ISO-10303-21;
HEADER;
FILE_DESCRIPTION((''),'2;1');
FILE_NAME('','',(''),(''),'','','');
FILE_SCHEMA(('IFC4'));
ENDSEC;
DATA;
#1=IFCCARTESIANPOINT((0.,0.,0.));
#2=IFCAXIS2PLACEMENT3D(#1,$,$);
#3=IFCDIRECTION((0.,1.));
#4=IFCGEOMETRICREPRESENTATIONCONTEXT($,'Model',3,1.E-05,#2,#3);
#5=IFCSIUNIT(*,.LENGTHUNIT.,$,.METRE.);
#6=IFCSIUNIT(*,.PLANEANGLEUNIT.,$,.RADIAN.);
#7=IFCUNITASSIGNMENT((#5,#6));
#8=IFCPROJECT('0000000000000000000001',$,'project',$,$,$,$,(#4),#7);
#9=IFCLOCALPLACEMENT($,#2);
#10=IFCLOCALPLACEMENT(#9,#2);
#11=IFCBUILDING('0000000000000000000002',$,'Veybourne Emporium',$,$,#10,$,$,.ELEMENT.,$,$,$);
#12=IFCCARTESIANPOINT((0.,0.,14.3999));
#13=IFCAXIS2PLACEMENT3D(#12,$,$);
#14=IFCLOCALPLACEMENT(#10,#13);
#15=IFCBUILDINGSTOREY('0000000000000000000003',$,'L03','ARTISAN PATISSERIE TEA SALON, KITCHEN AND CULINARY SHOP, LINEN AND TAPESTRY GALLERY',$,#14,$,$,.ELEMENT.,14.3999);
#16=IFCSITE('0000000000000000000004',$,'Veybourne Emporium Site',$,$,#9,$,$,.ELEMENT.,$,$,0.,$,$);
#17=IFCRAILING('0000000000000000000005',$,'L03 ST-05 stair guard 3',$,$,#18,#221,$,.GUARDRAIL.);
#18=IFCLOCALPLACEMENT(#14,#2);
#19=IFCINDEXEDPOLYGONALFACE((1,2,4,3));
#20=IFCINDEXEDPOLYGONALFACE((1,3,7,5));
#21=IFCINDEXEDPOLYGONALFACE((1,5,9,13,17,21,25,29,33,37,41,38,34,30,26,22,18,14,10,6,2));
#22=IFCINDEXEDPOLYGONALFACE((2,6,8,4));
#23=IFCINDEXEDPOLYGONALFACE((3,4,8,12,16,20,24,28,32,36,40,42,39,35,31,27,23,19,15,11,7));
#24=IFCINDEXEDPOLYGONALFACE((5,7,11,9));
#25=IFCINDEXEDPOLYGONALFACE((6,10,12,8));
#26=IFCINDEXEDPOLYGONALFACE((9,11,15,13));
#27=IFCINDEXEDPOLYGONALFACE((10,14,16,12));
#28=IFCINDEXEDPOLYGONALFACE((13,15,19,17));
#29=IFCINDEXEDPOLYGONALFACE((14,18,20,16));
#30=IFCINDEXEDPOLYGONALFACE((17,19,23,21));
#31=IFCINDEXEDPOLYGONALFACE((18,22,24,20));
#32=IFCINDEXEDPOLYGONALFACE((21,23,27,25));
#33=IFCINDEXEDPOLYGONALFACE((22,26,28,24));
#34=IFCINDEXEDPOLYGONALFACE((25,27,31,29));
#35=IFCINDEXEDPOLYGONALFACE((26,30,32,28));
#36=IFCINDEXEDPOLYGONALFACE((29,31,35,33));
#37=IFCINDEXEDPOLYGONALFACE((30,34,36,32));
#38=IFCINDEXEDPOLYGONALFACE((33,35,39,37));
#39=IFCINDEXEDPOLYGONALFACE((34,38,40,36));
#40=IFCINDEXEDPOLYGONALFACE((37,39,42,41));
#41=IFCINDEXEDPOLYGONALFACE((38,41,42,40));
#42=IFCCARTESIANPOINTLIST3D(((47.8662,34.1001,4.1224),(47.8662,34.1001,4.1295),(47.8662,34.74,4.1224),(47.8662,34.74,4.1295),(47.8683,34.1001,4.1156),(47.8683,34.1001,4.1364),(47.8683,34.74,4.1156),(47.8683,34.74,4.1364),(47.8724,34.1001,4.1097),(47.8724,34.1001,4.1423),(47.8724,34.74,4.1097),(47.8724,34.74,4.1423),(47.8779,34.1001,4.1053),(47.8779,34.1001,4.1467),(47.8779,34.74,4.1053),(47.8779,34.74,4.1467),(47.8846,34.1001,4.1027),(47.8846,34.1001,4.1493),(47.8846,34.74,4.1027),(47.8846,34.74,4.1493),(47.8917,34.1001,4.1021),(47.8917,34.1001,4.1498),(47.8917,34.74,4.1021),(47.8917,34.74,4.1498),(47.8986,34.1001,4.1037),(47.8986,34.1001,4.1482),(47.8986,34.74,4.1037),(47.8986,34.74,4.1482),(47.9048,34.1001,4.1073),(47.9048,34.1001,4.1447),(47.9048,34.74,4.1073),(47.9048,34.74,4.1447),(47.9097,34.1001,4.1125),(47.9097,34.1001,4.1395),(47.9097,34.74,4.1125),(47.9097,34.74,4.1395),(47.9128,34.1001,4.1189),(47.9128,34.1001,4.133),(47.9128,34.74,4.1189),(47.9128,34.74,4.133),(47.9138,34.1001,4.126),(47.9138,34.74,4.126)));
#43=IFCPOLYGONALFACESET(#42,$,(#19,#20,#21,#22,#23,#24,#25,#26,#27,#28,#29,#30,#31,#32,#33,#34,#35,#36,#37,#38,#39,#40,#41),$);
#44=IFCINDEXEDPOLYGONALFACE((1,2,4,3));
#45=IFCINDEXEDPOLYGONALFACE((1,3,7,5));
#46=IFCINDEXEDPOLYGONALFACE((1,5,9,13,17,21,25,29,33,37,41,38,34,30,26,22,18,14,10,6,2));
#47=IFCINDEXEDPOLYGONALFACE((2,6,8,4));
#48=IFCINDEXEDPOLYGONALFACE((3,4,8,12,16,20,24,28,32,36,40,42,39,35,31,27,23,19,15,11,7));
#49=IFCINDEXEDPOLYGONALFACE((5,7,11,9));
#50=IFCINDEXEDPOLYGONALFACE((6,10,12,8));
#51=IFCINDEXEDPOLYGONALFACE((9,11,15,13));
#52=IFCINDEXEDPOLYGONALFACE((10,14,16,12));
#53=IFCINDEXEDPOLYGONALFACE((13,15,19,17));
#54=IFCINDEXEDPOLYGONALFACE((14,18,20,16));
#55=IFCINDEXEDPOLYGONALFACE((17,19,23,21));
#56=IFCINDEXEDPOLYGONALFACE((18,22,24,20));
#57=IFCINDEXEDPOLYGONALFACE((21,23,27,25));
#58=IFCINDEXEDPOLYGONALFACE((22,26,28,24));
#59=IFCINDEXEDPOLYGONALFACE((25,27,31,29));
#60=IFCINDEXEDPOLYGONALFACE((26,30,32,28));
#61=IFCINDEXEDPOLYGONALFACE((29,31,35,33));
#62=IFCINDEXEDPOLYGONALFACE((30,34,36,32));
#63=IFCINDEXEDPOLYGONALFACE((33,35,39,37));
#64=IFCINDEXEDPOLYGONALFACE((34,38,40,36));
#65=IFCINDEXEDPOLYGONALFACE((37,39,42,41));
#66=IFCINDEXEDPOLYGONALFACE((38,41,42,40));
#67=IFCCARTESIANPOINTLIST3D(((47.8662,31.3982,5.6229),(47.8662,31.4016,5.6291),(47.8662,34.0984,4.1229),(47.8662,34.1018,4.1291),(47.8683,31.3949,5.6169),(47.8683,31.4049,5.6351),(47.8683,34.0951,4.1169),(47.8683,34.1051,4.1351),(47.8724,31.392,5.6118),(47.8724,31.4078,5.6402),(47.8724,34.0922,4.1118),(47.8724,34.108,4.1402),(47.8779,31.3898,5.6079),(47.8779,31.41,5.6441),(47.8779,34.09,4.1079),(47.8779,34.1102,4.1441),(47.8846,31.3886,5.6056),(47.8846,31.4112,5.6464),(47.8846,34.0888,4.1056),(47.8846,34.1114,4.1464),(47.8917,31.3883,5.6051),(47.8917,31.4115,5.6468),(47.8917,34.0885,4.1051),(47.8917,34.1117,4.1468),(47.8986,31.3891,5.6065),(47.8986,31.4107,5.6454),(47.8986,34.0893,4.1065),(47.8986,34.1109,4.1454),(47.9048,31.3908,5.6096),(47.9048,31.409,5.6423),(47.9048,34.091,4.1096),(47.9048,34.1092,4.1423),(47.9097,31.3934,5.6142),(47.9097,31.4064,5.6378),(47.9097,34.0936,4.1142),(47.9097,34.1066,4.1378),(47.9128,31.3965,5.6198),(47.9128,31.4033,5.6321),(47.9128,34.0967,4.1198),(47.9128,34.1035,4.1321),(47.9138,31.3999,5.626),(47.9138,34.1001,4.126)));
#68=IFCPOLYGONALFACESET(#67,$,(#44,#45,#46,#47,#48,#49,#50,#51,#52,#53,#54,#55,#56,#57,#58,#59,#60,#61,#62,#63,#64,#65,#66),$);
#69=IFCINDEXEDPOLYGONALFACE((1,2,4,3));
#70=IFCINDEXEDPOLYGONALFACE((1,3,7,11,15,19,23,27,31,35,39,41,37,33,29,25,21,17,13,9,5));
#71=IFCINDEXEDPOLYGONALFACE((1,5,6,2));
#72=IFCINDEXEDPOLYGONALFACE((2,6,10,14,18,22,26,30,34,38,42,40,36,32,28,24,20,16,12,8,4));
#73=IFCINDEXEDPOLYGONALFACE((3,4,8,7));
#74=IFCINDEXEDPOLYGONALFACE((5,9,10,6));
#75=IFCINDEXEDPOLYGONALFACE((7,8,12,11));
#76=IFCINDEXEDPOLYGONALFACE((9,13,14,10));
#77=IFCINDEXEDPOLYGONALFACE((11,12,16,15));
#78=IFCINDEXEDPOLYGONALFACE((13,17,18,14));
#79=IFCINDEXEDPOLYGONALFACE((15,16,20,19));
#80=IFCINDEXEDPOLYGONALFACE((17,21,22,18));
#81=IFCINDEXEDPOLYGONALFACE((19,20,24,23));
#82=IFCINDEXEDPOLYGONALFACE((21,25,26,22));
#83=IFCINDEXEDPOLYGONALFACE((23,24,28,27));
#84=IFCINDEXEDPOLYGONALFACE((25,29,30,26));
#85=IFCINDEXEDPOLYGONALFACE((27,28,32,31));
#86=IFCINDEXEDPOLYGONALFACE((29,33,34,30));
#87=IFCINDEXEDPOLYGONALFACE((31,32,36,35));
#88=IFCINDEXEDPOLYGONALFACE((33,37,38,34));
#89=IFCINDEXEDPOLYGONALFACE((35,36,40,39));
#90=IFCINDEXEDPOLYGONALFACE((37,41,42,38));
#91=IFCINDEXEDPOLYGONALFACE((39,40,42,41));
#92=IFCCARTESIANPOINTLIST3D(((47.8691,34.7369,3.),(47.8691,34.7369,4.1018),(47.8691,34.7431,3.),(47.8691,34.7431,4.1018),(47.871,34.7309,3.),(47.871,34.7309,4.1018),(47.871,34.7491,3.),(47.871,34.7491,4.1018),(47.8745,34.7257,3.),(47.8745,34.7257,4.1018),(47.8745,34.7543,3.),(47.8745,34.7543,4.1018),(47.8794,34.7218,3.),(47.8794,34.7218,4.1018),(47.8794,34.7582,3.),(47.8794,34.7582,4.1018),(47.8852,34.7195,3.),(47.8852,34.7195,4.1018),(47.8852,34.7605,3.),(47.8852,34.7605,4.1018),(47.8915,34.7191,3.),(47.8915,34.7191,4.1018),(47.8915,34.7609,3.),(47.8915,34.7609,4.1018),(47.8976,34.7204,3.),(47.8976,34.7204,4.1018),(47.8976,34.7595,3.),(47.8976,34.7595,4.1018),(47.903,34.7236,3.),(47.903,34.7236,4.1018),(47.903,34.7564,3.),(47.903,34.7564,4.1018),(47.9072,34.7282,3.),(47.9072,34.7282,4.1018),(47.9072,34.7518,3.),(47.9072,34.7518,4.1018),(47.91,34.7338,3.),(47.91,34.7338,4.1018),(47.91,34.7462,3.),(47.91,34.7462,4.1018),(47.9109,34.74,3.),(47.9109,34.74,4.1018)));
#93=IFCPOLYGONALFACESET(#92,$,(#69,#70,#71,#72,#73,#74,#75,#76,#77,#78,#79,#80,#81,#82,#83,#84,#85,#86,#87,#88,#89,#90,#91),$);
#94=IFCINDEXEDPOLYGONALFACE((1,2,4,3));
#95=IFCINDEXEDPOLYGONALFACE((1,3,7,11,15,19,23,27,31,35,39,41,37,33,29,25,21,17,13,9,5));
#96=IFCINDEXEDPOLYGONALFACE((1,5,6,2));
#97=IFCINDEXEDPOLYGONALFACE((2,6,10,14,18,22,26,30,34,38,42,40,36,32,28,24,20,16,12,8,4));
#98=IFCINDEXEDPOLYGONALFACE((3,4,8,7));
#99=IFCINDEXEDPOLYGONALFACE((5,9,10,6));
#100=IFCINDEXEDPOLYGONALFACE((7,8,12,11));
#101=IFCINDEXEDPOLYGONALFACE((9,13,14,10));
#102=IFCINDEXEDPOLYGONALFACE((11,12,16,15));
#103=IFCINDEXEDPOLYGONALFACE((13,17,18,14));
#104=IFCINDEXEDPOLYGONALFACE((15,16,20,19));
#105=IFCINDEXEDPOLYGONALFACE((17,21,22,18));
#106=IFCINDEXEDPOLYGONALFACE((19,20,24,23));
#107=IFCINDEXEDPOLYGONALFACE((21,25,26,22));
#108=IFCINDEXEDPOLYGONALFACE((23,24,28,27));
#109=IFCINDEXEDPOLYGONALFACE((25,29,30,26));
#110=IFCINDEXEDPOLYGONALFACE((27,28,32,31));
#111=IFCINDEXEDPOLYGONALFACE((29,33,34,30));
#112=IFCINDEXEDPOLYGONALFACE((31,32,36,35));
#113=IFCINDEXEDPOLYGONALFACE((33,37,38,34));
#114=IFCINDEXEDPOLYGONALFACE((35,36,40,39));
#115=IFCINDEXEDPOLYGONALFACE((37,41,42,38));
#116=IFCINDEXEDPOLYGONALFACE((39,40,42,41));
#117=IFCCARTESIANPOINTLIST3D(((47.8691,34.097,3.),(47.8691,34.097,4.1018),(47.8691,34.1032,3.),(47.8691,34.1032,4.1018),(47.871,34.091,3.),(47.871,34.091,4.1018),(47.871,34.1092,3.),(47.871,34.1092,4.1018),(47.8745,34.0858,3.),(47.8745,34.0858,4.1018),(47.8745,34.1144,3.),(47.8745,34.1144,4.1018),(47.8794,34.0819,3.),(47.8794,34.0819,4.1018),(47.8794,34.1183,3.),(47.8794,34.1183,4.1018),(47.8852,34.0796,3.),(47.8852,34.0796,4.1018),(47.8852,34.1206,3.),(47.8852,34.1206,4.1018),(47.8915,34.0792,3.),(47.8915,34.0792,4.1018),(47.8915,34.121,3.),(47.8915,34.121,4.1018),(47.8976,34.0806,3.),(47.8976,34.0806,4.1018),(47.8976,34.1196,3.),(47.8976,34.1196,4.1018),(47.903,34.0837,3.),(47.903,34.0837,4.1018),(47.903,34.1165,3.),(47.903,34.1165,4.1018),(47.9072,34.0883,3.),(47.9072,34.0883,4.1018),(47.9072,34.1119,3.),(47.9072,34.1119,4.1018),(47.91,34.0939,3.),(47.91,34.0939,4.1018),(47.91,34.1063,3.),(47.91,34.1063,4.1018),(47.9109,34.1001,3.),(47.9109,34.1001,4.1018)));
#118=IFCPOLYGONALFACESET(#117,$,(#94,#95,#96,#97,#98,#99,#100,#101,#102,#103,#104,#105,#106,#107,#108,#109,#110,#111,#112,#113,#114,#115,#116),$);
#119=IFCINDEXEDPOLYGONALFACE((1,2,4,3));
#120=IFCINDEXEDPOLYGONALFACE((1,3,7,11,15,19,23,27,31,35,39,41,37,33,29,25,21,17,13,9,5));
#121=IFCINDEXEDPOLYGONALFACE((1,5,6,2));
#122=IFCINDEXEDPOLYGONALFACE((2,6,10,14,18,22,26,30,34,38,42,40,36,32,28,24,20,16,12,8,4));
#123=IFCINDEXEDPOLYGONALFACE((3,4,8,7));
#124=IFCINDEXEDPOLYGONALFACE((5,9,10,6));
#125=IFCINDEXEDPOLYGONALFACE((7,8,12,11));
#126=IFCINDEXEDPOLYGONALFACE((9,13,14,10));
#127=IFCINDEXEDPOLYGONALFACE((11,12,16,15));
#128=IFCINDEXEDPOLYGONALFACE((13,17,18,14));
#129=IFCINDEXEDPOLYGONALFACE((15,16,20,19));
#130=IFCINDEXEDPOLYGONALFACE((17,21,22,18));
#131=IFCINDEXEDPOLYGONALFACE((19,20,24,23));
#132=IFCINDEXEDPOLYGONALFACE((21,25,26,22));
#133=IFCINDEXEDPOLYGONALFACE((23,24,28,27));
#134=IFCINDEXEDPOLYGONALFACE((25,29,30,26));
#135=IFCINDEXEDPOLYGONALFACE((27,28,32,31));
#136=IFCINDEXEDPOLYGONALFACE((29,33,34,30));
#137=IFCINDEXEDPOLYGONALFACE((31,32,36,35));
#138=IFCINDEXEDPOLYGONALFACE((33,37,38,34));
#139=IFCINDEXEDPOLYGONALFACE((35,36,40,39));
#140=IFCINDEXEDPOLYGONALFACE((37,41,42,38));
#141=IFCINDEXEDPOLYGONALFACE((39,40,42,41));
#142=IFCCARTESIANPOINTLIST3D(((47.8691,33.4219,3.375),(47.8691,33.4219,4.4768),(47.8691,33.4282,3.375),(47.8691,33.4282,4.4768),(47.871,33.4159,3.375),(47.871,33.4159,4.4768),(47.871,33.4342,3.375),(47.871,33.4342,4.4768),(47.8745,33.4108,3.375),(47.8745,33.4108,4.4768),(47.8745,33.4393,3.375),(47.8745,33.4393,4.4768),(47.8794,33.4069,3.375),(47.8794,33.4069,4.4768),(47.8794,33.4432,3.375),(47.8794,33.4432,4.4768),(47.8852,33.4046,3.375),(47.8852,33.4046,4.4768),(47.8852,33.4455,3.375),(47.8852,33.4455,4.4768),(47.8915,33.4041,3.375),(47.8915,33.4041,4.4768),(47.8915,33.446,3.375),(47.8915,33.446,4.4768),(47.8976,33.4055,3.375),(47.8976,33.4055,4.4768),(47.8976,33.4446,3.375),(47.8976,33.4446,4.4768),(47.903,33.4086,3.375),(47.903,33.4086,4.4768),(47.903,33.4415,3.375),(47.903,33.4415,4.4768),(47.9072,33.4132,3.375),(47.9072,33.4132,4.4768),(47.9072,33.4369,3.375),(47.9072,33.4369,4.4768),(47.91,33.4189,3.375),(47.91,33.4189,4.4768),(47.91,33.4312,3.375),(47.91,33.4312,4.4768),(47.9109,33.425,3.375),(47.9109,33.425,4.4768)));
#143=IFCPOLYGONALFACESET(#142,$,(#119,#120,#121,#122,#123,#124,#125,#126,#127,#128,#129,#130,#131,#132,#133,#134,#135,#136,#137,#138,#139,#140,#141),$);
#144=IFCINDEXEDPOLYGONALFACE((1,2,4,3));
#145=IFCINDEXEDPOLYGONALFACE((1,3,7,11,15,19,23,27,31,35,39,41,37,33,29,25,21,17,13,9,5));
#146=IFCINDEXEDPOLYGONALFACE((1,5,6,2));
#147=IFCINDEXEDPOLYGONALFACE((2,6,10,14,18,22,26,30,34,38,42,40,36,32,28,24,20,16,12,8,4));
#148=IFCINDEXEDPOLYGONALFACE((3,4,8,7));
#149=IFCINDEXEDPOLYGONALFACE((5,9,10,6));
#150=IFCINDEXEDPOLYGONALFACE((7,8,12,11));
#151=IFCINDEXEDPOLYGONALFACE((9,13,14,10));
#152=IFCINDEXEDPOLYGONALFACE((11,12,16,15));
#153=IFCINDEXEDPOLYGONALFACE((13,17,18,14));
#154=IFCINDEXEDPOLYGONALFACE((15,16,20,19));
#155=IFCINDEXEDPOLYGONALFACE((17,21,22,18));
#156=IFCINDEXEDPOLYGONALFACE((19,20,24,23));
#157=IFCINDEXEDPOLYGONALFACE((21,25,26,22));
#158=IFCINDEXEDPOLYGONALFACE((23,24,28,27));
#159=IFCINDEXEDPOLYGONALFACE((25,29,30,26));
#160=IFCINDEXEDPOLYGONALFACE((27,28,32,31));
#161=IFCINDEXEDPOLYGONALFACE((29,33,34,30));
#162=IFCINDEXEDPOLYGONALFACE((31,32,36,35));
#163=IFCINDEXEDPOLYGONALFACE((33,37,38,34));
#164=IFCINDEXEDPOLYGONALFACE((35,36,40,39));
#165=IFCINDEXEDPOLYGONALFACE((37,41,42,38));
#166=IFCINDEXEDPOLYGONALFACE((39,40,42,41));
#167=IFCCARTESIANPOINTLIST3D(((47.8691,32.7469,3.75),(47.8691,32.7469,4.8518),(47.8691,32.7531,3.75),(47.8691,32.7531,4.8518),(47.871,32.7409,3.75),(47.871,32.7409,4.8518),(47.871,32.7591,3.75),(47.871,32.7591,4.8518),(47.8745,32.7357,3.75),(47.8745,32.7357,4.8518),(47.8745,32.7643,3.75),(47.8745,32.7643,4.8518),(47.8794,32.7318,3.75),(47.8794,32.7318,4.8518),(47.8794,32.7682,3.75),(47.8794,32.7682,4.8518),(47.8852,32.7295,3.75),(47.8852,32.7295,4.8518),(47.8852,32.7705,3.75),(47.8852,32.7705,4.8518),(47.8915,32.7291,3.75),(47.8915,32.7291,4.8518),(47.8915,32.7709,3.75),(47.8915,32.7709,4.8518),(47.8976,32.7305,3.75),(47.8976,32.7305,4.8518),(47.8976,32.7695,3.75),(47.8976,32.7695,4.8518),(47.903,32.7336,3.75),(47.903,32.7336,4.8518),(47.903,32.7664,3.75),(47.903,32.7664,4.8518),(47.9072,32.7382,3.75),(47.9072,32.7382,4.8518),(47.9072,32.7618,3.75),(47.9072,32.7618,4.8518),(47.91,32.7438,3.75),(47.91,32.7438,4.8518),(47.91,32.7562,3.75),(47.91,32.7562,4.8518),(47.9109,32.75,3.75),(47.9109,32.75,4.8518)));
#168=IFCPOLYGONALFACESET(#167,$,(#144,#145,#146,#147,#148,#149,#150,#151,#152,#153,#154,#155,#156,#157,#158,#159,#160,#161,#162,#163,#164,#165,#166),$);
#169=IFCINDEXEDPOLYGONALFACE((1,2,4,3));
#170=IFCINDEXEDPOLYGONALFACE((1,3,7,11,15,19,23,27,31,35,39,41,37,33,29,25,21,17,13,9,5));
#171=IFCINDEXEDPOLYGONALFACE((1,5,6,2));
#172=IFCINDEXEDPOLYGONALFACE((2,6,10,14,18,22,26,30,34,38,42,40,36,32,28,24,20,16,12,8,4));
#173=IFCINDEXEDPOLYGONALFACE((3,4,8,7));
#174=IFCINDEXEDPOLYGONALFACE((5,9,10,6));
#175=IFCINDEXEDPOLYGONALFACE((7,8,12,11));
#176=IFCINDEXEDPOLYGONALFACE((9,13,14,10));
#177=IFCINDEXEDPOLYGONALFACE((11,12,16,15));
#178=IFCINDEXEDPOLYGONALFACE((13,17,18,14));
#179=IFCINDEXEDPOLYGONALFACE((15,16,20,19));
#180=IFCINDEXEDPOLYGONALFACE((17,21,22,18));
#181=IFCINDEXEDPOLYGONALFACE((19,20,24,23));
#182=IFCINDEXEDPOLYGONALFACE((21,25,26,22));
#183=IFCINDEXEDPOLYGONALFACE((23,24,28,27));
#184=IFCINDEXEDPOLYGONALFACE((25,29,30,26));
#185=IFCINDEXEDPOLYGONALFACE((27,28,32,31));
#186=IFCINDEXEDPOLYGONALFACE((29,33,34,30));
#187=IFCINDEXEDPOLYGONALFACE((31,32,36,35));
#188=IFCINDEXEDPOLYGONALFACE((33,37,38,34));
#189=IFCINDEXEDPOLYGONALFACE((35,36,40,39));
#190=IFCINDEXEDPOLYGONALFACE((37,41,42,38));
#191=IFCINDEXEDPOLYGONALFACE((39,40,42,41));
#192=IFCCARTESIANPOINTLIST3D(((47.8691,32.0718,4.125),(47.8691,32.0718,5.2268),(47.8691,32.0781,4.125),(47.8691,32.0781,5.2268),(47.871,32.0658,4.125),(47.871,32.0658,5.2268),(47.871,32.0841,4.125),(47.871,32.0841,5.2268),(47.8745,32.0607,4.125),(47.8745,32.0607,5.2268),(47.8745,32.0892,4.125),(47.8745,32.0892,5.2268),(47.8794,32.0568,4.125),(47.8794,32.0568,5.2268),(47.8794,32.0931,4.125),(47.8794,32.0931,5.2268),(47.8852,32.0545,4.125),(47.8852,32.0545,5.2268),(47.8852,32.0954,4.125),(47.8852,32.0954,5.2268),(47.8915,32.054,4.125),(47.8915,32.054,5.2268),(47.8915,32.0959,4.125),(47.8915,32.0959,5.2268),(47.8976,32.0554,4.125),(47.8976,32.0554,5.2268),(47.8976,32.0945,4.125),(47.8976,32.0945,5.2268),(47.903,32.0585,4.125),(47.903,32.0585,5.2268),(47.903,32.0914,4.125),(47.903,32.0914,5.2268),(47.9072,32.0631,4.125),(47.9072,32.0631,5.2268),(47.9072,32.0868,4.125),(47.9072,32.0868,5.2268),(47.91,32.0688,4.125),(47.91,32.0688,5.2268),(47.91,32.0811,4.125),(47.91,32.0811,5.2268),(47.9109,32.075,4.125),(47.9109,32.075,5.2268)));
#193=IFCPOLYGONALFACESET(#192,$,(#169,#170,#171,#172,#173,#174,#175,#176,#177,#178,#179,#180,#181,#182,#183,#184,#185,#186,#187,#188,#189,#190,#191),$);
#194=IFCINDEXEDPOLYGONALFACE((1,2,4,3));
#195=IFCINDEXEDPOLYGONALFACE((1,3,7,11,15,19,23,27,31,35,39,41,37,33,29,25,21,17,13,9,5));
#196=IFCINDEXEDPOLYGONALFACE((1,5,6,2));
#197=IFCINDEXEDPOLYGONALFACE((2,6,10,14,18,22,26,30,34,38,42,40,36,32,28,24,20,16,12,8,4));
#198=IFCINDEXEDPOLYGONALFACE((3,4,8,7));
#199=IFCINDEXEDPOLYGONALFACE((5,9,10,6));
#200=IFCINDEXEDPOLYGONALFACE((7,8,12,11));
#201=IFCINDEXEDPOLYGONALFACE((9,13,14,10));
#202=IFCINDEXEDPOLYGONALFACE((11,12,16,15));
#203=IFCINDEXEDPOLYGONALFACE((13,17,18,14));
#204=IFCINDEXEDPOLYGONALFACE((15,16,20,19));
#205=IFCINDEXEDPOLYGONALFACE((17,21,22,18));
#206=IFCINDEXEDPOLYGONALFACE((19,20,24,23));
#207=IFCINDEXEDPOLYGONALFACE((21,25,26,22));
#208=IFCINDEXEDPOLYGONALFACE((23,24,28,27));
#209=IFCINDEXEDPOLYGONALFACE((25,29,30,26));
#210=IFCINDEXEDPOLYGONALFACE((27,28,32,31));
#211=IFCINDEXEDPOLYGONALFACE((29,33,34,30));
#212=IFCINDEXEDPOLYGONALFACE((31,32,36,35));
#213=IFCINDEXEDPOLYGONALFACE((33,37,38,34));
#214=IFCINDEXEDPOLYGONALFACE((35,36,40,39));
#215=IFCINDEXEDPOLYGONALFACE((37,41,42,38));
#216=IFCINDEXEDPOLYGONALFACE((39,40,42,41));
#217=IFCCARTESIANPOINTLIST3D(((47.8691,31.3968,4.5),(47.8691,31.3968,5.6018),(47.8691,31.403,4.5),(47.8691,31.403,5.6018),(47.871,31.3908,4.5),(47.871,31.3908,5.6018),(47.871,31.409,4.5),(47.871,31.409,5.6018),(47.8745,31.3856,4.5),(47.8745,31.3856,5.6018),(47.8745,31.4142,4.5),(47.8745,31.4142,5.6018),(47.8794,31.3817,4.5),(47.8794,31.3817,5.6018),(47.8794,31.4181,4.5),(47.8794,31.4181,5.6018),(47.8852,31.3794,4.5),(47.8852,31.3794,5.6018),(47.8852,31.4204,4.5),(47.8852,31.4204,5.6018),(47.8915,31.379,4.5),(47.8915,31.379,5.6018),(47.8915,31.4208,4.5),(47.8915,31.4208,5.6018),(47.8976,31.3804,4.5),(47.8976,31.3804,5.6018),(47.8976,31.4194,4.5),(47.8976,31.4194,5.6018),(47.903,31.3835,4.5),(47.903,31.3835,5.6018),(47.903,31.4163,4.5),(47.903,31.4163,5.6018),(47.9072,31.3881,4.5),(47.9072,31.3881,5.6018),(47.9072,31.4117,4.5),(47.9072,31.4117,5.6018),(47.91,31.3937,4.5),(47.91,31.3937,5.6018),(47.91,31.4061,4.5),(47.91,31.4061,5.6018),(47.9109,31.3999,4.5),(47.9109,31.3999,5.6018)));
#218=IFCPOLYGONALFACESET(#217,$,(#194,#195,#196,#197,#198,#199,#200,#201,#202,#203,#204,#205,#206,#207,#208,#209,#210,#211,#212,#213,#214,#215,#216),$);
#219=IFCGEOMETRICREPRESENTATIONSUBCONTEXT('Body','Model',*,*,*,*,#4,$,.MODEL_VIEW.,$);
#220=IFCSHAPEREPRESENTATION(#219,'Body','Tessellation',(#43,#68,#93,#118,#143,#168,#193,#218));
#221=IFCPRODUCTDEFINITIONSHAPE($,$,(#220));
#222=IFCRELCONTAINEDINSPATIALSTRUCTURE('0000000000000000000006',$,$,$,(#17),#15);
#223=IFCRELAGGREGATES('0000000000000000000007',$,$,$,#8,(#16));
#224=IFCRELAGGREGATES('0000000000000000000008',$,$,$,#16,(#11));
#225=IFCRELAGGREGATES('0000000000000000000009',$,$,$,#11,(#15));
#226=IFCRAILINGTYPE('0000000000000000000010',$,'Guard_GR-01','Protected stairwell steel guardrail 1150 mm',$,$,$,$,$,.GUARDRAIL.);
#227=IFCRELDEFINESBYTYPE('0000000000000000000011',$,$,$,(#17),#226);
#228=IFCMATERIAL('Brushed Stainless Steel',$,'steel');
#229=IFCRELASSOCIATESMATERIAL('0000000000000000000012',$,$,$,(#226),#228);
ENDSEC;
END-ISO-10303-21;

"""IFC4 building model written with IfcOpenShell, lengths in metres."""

from ifc_helpers import new_model, si_unit, direction, frame, origin, origin_2d, place, context, subcontext, project, spatial, circle, extrude, material, type_object, element, save


model = new_model("IFC4")

# Units and contexts
model_context = context("Model", 3, precision=1e-05, world=origin(), true_north=direction((0.0, 1.0)))
body_context = subcontext(model_context, "Body", "Model", "MODEL_VIEW")
ifc_project = project(units=[si_unit("LENGTHUNIT", "METRE"), si_unit("PLANEANGLEUNIT", "RADIAN")], contexts=[model_context])

# Site, building, storey
site_placement = place(None, origin())
site = spatial("IfcSite", under=ifc_project, at=site_placement, Name="Veybourne Emporium Site", CompositionType="ELEMENT", RefElevation=0.0)
building_placement = place(site_placement, origin())
building = spatial("IfcBuilding", under=site, at=building_placement, Name="Veybourne Emporium", CompositionType="ELEMENT")
storey_placement = place(building_placement, frame((0.0, 0.0, 14.3999)))
storey = spatial("IfcBuildingStorey", under=building, at=storey_placement, Name="L03", Description="ARTISAN PATISSERIE TEA SALON, KITCHEN AND CULINARY SHOP, LINEN AND TAPESTRY GALLERY", CompositionType="ELEMENT", Elevation=14.3999)

# Railing
ifc_material_1 = material(Name="Brushed Stainless Steel", Category="steel")
railing_type_1 = type_object("IfcRailingType", Name="Guard_GR-01", Description="Protected stairwell steel guardrail 1150 mm", PredefinedType="GUARDRAIL", material=ifc_material_1)
railing_1_placement = place(storey_placement, frame((47.8899, 34.74, 3.0)))
element("IfcRailing", 1, at=railing_1_placement, inside=storey, type_object=railing_type_1, Name="L03 ST-05 stair guard 3", PredefinedType="GUARDRAIL", context=body_context, shape_type="SweptSolid", body=[
    extrude(circle(Radius=0.0239, at=origin_2d()), frame((0.0, 0.0, 1.126), z_axis=(0.0, -1.0, 0.0), x_axis=(1.0, 0.0, 0.0)), (0.0, 0.0, 1.0), 0.6399),
    extrude(circle(Radius=0.0239, at=origin_2d()), frame((0.0, -0.6399, 1.126), z_axis=(0.0, -0.874172, 0.485616), x_axis=(1.0, 0.0, 0.0)), (0.0, 0.0, 1.0), 3.0889),
    extrude(circle(Radius=0.021, at=origin_2d()), origin(), (0.0, 0.0, 1.0), 1.1018),
    extrude(circle(Radius=0.021, at=origin_2d()), frame((0.0, -0.6399, 0.0)), (0.0, 0.0, 1.0), 1.1018),
    extrude(circle(Radius=0.021, at=origin_2d()), frame((0.0, -1.3149, 0.375)), (0.0, 0.0, 1.0), 1.1018),
    extrude(circle(Radius=0.021, at=origin_2d()), frame((0.0, -1.99, 0.75)), (0.0, 0.0, 1.0), 1.1018),
    extrude(circle(Radius=0.021, at=origin_2d()), frame((0.0, -2.665, 1.125)), (0.0, 0.0, 1.0), 1.1018),
    extrude(circle(Radius=0.021, at=origin_2d()), frame((0.0, -3.3401, 1.5)), (0.0, 0.0, 1.0), 1.1018),
])

save(model, "model.ifc")
